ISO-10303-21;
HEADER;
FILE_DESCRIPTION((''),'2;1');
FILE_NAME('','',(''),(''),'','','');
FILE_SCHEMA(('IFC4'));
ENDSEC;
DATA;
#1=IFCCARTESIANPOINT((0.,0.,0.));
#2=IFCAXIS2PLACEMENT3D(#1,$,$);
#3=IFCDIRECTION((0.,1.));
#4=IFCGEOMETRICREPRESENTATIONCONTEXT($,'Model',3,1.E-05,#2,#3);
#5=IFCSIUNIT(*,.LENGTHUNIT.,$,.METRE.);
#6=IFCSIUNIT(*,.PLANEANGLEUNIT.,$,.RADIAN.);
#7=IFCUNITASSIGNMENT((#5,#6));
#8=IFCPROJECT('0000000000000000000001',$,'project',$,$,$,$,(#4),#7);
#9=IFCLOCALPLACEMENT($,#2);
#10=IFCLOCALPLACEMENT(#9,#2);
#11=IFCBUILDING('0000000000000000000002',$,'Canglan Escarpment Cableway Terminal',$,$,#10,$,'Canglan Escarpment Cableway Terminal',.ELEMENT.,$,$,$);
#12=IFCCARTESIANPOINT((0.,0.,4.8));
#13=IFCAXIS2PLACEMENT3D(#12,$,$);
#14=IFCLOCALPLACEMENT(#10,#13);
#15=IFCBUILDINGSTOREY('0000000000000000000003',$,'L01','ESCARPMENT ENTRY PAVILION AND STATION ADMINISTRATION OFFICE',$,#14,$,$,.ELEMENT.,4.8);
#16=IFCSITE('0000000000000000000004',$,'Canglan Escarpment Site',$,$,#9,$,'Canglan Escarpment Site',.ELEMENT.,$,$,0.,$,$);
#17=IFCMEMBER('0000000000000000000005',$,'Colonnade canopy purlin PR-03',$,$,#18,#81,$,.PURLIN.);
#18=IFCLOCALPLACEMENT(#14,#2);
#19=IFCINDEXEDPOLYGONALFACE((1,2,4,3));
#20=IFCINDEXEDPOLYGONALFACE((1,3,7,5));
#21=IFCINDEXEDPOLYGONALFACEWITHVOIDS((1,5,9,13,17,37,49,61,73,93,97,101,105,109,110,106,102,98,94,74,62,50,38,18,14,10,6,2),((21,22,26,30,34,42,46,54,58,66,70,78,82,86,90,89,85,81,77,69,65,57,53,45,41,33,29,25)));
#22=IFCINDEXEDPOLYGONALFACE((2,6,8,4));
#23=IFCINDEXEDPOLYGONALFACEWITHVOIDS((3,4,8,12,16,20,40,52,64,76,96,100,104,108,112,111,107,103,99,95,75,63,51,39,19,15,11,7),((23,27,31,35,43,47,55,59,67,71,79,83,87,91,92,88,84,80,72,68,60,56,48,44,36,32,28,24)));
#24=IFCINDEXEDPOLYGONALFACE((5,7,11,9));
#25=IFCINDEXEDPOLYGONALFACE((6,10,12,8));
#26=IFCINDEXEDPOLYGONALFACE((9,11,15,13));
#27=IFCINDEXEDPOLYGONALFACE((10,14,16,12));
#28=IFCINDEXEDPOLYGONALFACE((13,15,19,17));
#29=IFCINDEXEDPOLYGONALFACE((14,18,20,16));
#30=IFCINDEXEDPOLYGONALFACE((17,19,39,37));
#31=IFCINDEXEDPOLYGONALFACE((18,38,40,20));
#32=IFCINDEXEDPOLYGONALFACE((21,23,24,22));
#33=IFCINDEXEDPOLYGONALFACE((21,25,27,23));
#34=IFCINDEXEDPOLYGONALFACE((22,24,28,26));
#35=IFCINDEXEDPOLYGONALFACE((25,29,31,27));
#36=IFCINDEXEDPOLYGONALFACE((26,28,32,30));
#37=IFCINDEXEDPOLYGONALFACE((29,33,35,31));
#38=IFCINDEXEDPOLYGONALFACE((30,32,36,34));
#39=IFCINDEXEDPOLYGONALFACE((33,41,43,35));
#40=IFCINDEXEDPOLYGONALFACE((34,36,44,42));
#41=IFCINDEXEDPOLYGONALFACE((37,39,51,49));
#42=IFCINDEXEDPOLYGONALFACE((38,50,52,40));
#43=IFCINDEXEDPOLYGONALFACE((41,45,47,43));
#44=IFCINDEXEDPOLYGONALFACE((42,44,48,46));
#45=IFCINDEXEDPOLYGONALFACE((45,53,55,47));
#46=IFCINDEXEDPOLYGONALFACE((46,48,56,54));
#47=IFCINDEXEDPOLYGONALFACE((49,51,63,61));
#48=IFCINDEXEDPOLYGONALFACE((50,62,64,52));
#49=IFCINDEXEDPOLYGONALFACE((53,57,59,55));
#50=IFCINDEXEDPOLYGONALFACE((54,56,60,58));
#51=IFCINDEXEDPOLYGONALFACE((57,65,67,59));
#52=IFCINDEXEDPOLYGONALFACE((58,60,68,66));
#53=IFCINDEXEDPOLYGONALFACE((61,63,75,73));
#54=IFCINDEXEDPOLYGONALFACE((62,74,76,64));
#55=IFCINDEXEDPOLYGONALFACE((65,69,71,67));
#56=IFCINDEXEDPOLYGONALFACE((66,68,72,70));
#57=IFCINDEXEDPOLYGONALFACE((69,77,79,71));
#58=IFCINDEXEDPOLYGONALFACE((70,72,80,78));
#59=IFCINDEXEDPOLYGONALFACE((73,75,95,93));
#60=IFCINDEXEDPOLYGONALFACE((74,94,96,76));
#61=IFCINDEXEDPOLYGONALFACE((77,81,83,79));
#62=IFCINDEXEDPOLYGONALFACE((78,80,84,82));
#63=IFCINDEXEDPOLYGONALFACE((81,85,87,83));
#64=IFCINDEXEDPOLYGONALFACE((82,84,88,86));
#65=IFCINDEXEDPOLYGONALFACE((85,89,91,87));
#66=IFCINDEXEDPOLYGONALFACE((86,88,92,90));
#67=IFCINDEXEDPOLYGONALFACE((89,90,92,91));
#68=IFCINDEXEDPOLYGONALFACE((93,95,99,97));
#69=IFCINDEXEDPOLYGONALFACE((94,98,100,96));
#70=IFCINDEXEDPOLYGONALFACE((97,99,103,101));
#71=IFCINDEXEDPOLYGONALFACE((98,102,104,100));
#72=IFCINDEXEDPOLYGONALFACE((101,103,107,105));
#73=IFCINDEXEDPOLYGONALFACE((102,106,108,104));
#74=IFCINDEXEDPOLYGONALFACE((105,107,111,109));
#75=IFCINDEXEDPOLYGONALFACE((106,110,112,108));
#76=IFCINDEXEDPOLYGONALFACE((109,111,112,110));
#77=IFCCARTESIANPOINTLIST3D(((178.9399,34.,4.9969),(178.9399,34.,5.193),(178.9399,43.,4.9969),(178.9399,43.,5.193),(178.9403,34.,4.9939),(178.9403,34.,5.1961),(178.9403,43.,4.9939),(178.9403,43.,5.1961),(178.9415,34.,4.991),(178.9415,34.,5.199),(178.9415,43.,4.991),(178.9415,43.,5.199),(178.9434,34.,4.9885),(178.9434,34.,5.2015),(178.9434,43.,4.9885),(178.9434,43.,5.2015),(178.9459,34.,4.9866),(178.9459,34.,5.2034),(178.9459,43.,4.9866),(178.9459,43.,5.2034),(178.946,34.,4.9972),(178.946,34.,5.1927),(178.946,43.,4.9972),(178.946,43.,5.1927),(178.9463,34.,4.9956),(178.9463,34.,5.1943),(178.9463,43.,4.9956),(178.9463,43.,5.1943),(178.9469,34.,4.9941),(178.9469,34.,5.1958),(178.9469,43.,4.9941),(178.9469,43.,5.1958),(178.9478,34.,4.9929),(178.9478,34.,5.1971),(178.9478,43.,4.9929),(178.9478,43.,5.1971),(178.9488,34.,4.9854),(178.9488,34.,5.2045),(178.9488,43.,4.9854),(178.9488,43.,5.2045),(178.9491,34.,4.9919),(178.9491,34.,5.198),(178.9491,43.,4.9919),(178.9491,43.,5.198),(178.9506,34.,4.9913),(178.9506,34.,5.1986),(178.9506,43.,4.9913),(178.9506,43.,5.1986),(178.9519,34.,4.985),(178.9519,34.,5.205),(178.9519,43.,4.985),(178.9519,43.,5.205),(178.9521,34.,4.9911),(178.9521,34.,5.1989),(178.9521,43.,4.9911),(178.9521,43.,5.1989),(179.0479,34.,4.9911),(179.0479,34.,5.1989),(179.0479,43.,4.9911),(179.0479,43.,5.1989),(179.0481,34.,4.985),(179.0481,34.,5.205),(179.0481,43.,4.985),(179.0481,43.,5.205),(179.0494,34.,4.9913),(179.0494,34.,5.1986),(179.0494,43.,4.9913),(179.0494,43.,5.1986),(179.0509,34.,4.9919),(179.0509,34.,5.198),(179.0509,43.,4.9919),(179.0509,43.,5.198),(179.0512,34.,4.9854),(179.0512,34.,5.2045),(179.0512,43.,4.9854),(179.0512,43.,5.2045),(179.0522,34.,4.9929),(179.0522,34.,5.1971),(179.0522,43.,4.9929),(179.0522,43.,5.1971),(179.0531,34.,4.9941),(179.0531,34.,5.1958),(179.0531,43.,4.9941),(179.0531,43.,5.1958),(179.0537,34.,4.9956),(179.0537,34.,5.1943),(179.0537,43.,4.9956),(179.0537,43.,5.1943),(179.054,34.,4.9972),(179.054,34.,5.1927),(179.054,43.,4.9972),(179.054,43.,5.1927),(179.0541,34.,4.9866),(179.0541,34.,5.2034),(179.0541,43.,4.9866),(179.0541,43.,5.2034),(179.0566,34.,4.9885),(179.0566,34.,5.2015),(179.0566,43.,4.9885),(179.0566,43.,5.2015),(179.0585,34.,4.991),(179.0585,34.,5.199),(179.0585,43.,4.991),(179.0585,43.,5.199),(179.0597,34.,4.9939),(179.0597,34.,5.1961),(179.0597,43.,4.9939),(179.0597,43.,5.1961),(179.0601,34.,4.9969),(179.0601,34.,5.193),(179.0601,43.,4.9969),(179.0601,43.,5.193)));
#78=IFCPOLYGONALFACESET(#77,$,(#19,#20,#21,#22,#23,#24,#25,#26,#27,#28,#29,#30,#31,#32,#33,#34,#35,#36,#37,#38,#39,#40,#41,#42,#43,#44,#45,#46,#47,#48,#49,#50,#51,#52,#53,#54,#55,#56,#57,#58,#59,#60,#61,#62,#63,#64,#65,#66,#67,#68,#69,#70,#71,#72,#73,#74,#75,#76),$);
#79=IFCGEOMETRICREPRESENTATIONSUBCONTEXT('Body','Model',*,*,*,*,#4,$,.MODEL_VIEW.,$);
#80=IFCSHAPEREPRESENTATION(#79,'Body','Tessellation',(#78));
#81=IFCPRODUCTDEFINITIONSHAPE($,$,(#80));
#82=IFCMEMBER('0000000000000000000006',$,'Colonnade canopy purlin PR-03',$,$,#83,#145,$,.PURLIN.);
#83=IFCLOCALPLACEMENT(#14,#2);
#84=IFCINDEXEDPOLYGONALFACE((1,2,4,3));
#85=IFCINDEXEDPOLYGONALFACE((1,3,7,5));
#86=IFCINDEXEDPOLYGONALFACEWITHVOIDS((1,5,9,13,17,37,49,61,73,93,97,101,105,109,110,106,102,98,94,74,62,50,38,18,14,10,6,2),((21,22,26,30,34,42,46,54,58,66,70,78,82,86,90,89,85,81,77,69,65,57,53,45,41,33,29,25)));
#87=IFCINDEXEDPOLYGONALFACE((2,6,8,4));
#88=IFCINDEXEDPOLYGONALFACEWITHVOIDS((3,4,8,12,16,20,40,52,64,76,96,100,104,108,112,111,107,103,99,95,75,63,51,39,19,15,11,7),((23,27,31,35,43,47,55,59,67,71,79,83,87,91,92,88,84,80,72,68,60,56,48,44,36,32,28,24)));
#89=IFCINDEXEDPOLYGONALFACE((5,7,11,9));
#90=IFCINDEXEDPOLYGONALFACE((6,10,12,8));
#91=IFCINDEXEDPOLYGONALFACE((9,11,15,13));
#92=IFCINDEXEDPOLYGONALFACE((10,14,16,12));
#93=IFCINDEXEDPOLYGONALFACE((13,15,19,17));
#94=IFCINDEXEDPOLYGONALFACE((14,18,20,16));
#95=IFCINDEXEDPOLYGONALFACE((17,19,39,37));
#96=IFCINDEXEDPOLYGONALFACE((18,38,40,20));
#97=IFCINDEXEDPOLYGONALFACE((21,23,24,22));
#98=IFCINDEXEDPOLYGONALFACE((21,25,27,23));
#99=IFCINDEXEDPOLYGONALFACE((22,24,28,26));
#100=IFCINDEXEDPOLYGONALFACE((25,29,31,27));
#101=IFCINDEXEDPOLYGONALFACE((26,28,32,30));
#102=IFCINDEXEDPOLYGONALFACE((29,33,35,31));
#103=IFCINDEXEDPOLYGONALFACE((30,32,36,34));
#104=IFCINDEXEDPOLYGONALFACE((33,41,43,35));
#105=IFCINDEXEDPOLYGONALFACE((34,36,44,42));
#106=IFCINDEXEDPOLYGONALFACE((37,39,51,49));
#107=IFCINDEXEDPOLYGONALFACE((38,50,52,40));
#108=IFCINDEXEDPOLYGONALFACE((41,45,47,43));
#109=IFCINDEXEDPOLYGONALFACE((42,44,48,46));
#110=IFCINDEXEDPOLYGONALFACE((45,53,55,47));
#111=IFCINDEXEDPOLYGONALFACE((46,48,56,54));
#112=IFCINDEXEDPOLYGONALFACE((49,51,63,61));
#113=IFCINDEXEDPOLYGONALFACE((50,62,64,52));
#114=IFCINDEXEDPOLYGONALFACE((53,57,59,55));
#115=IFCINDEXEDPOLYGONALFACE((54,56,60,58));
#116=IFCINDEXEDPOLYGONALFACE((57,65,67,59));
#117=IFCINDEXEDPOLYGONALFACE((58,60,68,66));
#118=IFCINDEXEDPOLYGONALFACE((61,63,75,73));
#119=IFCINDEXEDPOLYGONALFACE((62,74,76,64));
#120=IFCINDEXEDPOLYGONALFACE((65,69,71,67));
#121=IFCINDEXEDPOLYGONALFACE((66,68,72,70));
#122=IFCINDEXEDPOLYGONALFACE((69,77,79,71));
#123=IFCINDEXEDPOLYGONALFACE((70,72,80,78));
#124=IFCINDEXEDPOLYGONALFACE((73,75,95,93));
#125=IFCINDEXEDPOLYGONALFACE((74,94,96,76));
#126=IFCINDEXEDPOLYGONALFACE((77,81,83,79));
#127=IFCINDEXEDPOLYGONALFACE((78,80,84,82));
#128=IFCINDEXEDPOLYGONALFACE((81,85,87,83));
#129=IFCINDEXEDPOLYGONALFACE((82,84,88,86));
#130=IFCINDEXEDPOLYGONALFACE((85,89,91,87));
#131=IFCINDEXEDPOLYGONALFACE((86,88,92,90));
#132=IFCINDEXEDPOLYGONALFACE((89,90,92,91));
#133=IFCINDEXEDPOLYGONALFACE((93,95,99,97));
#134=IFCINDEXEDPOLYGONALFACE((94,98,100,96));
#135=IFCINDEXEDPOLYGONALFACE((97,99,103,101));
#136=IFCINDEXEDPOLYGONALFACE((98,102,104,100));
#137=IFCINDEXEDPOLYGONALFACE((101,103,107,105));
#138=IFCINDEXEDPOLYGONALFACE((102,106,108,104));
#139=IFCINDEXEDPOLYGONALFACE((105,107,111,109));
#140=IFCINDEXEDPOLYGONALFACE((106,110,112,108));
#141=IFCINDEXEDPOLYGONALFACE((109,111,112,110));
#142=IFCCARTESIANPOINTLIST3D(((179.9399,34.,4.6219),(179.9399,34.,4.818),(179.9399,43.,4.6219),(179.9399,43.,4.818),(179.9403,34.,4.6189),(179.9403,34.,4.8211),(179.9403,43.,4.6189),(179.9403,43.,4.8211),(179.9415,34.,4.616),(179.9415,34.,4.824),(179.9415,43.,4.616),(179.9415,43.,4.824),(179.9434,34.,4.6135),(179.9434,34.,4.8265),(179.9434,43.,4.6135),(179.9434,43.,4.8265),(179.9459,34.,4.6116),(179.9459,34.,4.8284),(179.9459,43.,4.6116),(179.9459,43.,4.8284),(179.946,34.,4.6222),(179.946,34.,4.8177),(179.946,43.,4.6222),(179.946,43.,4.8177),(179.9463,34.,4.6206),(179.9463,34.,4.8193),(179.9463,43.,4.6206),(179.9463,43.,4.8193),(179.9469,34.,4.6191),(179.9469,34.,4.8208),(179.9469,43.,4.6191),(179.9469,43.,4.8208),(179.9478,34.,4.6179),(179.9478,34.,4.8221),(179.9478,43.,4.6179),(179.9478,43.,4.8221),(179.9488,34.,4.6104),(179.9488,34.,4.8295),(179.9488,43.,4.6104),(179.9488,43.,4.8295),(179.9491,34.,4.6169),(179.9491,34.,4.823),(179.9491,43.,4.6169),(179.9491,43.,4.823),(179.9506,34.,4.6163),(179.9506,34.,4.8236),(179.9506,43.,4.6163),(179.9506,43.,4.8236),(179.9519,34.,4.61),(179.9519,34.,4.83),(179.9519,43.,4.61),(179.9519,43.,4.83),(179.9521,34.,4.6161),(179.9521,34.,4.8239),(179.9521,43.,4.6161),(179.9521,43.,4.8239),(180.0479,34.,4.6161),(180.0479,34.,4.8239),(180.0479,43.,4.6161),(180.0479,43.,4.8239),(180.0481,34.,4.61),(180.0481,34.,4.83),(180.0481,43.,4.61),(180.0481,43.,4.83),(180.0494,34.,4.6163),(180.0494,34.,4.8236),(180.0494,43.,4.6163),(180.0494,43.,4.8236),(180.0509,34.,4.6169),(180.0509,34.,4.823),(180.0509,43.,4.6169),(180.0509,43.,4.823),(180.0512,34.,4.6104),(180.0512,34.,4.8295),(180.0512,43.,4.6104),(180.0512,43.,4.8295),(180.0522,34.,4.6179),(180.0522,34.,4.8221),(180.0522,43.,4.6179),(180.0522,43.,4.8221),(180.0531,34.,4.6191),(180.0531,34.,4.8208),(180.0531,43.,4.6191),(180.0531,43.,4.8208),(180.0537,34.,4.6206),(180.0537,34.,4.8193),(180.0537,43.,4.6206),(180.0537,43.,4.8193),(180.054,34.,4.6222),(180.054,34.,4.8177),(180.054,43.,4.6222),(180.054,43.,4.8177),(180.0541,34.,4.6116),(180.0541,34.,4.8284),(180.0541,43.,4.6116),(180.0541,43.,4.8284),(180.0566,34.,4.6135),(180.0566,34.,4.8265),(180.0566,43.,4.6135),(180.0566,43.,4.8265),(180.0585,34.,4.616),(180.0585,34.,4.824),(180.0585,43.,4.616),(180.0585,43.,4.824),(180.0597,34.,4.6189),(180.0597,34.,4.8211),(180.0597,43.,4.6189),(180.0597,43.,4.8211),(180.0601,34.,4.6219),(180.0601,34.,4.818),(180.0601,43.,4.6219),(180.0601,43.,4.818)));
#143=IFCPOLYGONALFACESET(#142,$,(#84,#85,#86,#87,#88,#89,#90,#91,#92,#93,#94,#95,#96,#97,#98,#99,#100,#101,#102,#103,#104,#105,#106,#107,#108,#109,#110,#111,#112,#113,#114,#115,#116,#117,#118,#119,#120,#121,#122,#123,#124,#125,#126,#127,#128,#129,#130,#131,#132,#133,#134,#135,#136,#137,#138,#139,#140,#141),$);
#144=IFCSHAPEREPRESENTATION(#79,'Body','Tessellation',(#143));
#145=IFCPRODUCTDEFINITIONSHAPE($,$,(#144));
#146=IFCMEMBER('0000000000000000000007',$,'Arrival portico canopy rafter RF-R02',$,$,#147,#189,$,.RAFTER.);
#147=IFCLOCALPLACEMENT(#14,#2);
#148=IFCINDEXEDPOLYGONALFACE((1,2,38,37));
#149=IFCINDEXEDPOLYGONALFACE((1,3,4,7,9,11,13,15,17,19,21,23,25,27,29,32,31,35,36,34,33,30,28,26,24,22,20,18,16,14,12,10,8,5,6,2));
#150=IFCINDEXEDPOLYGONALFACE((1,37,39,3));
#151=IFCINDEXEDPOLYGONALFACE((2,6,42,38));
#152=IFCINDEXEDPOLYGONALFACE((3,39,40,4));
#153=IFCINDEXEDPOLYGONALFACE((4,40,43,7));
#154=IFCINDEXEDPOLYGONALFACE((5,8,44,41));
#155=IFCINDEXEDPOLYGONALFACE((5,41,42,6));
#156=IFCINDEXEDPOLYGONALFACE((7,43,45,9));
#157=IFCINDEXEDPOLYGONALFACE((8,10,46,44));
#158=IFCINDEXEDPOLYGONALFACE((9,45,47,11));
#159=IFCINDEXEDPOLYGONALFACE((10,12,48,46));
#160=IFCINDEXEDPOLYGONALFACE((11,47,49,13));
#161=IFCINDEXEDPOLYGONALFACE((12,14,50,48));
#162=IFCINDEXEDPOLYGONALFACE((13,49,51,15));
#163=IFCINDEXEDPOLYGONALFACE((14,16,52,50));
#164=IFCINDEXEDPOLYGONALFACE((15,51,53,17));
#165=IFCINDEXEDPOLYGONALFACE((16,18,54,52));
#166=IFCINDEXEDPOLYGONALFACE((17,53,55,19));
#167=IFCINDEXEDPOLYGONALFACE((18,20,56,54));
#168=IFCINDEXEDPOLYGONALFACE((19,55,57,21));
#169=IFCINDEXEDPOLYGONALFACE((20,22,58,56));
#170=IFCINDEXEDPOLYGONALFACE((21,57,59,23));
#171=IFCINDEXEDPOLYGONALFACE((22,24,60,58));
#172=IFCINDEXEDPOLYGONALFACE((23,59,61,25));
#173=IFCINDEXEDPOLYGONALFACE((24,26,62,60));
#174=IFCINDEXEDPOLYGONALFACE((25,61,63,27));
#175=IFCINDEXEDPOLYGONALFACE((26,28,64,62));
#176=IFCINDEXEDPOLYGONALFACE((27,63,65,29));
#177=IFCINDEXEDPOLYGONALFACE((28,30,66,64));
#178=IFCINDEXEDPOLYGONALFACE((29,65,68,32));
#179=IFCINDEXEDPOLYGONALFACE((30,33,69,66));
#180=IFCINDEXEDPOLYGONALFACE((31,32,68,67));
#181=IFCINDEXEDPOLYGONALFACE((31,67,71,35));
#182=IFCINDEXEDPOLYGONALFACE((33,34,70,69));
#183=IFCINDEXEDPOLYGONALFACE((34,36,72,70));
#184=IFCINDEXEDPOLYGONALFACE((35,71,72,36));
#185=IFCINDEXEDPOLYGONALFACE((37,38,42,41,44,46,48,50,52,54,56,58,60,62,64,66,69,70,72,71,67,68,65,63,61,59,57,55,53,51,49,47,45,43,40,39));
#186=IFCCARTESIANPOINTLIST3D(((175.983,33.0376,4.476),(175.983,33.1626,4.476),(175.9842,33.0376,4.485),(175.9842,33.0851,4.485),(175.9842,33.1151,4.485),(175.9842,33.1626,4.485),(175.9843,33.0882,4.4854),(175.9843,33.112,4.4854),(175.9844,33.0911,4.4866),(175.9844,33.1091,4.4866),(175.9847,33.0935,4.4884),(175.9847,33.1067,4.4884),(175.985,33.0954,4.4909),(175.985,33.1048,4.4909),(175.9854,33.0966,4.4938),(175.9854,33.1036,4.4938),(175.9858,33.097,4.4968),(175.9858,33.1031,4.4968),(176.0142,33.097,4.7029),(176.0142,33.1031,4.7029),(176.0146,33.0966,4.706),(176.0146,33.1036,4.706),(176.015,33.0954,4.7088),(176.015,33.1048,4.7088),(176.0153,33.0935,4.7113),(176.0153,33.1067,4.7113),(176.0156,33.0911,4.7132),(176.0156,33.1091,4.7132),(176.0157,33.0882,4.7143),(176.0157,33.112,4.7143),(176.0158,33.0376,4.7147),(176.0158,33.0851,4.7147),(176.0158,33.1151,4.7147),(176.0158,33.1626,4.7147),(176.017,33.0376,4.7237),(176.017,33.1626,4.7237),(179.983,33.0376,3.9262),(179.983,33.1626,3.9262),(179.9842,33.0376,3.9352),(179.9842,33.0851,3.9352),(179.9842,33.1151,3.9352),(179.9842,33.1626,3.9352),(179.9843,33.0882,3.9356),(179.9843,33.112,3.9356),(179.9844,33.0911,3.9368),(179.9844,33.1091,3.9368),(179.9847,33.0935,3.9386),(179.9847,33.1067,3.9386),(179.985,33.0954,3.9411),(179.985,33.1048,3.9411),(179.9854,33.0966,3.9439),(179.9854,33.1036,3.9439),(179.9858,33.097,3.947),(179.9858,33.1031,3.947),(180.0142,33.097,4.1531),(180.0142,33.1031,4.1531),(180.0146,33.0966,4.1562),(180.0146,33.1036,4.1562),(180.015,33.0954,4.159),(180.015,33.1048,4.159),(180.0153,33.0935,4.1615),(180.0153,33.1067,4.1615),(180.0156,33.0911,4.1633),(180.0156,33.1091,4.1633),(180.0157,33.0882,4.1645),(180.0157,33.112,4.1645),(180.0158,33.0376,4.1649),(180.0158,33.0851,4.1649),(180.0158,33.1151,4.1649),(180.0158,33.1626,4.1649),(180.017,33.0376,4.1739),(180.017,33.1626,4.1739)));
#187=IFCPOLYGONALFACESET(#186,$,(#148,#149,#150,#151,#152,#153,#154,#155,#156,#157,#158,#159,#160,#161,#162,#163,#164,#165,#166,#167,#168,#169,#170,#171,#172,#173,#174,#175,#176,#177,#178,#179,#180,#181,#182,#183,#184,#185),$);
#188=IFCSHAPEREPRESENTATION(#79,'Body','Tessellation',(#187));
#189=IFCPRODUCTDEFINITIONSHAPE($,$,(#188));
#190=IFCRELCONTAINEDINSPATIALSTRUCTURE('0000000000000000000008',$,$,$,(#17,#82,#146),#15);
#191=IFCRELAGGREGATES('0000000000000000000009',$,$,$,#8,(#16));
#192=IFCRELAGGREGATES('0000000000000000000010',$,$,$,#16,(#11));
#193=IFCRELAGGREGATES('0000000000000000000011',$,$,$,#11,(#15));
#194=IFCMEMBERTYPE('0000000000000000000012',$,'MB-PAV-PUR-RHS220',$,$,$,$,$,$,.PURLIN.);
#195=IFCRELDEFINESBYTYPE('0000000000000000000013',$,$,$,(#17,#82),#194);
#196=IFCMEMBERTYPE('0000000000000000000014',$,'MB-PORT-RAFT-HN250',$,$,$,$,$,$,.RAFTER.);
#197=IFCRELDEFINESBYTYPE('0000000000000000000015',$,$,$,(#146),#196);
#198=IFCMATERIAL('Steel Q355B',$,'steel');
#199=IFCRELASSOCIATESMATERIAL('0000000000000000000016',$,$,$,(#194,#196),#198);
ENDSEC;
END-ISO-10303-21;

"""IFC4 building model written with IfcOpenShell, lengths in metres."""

from ifc_helpers import new_model, si_unit, direction, frame, origin, origin_2d, place, context, subcontext, project, spatial, hollow_rectangle, i_section, extrude, material, material_profile, profile_set, type_object, element, save


model = new_model("IFC4")

# Units and contexts
model_context = context("Model", 3, precision=1e-05, world=origin(), true_north=direction((0.0, 1.0)))
body_context = subcontext(model_context, "Body", "Model", "MODEL_VIEW")
ifc_project = project(units=[si_unit("LENGTHUNIT", "METRE"), si_unit("PLANEANGLEUNIT", "RADIAN")], contexts=[model_context])

# Site, building, storey
site_placement = place(None, origin())
site = spatial("IfcSite", under=ifc_project, at=site_placement, Name="Canglan Escarpment Site", LongName="Canglan Escarpment Site", CompositionType="ELEMENT", RefElevation=0.0)
building_placement = place(site_placement, origin())
building = spatial("IfcBuilding", under=site, at=building_placement, Name="Canglan Escarpment Cableway Terminal", LongName="Canglan Escarpment Cableway Terminal", CompositionType="ELEMENT")
storey_placement = place(building_placement, frame((0.0, 0.0, 4.8)))
storey = spatial("IfcBuildingStorey", under=building, at=storey_placement, Name="L01", Description="ESCARPMENT ENTRY PAVILION AND STATION ADMINISTRATION OFFICE", CompositionType="ELEMENT", Elevation=4.8)

# Shared definitions
ifc_material_1 = material(Name="Steel Q355B", Category="steel")

# Members
ifc_material_profile_1 = material_profile(ifc_material_1, hollow_rectangle(XDim=0.1201, YDim=0.22, WallThickness=0.0061, InnerFilletRadius=0.0061, OuterFilletRadius=0.012, at=origin_2d()), Name="RHS 220x120x6")
ifc_profile_set_1 = profile_set([ifc_material_profile_1], Name="Steel Q355B")
member_type_1 = type_object("IfcMemberType", Name="MB-PAV-PUR-RHS220", PredefinedType="PURLIN", material=ifc_profile_set_1)
for number, where, z_axis, x_axis, name in (
    (1, (179.0, 34.0, 5.095), (0.0, 1.0, 0.0), (-1.0, 0.0, 0.0), "Colonnade canopy purlin PR-03"),
    (2, (180.0, 34.0, 4.72), (0.0, 1.0, 0.0), (-1.0, 0.0, 0.0), "Colonnade canopy purlin PR-03"),
):
    element("IfcMember", number, at=place(storey_placement, frame(where, z_axis=z_axis, x_axis=x_axis)), inside=storey, type_object=member_type_1, Name=name, PredefinedType="PURLIN", context=body_context, shape_type="SweptSolid", body=[
        extrude(hollow_rectangle(XDim=0.1201, YDim=0.22, WallThickness=0.0061, InnerFilletRadius=0.0061, OuterFilletRadius=0.012, at=origin_2d()), origin(), (0.0, 0.0, 1.0), 9.0),
    ])
ifc_material_profile_2 = material_profile(ifc_material_1, i_section(OverallWidth=0.125, OverallDepth=0.25, WebThickness=0.0061, FlangeThickness=0.009, FilletRadius=0.012, at=origin_2d()), Name="HN 250x125x6x9")
ifc_profile_set_2 = profile_set([ifc_material_profile_2], Name="Steel Q355B")
member_type_2 = type_object("IfcMemberType", Name="MB-PORT-RAFT-HN250", PredefinedType="RAFTER", material=ifc_profile_set_2)
member_1_placement = place(storey_placement, frame((176.0, 33.1001, 4.5999), z_axis=(0.990685, 0.0, -0.136171), x_axis=(0.0, 1.0, 0.0)))
element("IfcMember", 3, at=member_1_placement, inside=storey, type_object=member_type_2, Name="Arrival portico canopy rafter RF-R02", PredefinedType="RAFTER", context=body_context, shape_type="SweptSolid", body=[
    extrude(i_section(OverallWidth=0.125, OverallDepth=0.25, WebThickness=0.0061, FlangeThickness=0.009, FilletRadius=0.012, at=origin_2d()), origin(), (0.0, 0.0, 1.0), 4.0376),
])

save(model, "model.ifc")
